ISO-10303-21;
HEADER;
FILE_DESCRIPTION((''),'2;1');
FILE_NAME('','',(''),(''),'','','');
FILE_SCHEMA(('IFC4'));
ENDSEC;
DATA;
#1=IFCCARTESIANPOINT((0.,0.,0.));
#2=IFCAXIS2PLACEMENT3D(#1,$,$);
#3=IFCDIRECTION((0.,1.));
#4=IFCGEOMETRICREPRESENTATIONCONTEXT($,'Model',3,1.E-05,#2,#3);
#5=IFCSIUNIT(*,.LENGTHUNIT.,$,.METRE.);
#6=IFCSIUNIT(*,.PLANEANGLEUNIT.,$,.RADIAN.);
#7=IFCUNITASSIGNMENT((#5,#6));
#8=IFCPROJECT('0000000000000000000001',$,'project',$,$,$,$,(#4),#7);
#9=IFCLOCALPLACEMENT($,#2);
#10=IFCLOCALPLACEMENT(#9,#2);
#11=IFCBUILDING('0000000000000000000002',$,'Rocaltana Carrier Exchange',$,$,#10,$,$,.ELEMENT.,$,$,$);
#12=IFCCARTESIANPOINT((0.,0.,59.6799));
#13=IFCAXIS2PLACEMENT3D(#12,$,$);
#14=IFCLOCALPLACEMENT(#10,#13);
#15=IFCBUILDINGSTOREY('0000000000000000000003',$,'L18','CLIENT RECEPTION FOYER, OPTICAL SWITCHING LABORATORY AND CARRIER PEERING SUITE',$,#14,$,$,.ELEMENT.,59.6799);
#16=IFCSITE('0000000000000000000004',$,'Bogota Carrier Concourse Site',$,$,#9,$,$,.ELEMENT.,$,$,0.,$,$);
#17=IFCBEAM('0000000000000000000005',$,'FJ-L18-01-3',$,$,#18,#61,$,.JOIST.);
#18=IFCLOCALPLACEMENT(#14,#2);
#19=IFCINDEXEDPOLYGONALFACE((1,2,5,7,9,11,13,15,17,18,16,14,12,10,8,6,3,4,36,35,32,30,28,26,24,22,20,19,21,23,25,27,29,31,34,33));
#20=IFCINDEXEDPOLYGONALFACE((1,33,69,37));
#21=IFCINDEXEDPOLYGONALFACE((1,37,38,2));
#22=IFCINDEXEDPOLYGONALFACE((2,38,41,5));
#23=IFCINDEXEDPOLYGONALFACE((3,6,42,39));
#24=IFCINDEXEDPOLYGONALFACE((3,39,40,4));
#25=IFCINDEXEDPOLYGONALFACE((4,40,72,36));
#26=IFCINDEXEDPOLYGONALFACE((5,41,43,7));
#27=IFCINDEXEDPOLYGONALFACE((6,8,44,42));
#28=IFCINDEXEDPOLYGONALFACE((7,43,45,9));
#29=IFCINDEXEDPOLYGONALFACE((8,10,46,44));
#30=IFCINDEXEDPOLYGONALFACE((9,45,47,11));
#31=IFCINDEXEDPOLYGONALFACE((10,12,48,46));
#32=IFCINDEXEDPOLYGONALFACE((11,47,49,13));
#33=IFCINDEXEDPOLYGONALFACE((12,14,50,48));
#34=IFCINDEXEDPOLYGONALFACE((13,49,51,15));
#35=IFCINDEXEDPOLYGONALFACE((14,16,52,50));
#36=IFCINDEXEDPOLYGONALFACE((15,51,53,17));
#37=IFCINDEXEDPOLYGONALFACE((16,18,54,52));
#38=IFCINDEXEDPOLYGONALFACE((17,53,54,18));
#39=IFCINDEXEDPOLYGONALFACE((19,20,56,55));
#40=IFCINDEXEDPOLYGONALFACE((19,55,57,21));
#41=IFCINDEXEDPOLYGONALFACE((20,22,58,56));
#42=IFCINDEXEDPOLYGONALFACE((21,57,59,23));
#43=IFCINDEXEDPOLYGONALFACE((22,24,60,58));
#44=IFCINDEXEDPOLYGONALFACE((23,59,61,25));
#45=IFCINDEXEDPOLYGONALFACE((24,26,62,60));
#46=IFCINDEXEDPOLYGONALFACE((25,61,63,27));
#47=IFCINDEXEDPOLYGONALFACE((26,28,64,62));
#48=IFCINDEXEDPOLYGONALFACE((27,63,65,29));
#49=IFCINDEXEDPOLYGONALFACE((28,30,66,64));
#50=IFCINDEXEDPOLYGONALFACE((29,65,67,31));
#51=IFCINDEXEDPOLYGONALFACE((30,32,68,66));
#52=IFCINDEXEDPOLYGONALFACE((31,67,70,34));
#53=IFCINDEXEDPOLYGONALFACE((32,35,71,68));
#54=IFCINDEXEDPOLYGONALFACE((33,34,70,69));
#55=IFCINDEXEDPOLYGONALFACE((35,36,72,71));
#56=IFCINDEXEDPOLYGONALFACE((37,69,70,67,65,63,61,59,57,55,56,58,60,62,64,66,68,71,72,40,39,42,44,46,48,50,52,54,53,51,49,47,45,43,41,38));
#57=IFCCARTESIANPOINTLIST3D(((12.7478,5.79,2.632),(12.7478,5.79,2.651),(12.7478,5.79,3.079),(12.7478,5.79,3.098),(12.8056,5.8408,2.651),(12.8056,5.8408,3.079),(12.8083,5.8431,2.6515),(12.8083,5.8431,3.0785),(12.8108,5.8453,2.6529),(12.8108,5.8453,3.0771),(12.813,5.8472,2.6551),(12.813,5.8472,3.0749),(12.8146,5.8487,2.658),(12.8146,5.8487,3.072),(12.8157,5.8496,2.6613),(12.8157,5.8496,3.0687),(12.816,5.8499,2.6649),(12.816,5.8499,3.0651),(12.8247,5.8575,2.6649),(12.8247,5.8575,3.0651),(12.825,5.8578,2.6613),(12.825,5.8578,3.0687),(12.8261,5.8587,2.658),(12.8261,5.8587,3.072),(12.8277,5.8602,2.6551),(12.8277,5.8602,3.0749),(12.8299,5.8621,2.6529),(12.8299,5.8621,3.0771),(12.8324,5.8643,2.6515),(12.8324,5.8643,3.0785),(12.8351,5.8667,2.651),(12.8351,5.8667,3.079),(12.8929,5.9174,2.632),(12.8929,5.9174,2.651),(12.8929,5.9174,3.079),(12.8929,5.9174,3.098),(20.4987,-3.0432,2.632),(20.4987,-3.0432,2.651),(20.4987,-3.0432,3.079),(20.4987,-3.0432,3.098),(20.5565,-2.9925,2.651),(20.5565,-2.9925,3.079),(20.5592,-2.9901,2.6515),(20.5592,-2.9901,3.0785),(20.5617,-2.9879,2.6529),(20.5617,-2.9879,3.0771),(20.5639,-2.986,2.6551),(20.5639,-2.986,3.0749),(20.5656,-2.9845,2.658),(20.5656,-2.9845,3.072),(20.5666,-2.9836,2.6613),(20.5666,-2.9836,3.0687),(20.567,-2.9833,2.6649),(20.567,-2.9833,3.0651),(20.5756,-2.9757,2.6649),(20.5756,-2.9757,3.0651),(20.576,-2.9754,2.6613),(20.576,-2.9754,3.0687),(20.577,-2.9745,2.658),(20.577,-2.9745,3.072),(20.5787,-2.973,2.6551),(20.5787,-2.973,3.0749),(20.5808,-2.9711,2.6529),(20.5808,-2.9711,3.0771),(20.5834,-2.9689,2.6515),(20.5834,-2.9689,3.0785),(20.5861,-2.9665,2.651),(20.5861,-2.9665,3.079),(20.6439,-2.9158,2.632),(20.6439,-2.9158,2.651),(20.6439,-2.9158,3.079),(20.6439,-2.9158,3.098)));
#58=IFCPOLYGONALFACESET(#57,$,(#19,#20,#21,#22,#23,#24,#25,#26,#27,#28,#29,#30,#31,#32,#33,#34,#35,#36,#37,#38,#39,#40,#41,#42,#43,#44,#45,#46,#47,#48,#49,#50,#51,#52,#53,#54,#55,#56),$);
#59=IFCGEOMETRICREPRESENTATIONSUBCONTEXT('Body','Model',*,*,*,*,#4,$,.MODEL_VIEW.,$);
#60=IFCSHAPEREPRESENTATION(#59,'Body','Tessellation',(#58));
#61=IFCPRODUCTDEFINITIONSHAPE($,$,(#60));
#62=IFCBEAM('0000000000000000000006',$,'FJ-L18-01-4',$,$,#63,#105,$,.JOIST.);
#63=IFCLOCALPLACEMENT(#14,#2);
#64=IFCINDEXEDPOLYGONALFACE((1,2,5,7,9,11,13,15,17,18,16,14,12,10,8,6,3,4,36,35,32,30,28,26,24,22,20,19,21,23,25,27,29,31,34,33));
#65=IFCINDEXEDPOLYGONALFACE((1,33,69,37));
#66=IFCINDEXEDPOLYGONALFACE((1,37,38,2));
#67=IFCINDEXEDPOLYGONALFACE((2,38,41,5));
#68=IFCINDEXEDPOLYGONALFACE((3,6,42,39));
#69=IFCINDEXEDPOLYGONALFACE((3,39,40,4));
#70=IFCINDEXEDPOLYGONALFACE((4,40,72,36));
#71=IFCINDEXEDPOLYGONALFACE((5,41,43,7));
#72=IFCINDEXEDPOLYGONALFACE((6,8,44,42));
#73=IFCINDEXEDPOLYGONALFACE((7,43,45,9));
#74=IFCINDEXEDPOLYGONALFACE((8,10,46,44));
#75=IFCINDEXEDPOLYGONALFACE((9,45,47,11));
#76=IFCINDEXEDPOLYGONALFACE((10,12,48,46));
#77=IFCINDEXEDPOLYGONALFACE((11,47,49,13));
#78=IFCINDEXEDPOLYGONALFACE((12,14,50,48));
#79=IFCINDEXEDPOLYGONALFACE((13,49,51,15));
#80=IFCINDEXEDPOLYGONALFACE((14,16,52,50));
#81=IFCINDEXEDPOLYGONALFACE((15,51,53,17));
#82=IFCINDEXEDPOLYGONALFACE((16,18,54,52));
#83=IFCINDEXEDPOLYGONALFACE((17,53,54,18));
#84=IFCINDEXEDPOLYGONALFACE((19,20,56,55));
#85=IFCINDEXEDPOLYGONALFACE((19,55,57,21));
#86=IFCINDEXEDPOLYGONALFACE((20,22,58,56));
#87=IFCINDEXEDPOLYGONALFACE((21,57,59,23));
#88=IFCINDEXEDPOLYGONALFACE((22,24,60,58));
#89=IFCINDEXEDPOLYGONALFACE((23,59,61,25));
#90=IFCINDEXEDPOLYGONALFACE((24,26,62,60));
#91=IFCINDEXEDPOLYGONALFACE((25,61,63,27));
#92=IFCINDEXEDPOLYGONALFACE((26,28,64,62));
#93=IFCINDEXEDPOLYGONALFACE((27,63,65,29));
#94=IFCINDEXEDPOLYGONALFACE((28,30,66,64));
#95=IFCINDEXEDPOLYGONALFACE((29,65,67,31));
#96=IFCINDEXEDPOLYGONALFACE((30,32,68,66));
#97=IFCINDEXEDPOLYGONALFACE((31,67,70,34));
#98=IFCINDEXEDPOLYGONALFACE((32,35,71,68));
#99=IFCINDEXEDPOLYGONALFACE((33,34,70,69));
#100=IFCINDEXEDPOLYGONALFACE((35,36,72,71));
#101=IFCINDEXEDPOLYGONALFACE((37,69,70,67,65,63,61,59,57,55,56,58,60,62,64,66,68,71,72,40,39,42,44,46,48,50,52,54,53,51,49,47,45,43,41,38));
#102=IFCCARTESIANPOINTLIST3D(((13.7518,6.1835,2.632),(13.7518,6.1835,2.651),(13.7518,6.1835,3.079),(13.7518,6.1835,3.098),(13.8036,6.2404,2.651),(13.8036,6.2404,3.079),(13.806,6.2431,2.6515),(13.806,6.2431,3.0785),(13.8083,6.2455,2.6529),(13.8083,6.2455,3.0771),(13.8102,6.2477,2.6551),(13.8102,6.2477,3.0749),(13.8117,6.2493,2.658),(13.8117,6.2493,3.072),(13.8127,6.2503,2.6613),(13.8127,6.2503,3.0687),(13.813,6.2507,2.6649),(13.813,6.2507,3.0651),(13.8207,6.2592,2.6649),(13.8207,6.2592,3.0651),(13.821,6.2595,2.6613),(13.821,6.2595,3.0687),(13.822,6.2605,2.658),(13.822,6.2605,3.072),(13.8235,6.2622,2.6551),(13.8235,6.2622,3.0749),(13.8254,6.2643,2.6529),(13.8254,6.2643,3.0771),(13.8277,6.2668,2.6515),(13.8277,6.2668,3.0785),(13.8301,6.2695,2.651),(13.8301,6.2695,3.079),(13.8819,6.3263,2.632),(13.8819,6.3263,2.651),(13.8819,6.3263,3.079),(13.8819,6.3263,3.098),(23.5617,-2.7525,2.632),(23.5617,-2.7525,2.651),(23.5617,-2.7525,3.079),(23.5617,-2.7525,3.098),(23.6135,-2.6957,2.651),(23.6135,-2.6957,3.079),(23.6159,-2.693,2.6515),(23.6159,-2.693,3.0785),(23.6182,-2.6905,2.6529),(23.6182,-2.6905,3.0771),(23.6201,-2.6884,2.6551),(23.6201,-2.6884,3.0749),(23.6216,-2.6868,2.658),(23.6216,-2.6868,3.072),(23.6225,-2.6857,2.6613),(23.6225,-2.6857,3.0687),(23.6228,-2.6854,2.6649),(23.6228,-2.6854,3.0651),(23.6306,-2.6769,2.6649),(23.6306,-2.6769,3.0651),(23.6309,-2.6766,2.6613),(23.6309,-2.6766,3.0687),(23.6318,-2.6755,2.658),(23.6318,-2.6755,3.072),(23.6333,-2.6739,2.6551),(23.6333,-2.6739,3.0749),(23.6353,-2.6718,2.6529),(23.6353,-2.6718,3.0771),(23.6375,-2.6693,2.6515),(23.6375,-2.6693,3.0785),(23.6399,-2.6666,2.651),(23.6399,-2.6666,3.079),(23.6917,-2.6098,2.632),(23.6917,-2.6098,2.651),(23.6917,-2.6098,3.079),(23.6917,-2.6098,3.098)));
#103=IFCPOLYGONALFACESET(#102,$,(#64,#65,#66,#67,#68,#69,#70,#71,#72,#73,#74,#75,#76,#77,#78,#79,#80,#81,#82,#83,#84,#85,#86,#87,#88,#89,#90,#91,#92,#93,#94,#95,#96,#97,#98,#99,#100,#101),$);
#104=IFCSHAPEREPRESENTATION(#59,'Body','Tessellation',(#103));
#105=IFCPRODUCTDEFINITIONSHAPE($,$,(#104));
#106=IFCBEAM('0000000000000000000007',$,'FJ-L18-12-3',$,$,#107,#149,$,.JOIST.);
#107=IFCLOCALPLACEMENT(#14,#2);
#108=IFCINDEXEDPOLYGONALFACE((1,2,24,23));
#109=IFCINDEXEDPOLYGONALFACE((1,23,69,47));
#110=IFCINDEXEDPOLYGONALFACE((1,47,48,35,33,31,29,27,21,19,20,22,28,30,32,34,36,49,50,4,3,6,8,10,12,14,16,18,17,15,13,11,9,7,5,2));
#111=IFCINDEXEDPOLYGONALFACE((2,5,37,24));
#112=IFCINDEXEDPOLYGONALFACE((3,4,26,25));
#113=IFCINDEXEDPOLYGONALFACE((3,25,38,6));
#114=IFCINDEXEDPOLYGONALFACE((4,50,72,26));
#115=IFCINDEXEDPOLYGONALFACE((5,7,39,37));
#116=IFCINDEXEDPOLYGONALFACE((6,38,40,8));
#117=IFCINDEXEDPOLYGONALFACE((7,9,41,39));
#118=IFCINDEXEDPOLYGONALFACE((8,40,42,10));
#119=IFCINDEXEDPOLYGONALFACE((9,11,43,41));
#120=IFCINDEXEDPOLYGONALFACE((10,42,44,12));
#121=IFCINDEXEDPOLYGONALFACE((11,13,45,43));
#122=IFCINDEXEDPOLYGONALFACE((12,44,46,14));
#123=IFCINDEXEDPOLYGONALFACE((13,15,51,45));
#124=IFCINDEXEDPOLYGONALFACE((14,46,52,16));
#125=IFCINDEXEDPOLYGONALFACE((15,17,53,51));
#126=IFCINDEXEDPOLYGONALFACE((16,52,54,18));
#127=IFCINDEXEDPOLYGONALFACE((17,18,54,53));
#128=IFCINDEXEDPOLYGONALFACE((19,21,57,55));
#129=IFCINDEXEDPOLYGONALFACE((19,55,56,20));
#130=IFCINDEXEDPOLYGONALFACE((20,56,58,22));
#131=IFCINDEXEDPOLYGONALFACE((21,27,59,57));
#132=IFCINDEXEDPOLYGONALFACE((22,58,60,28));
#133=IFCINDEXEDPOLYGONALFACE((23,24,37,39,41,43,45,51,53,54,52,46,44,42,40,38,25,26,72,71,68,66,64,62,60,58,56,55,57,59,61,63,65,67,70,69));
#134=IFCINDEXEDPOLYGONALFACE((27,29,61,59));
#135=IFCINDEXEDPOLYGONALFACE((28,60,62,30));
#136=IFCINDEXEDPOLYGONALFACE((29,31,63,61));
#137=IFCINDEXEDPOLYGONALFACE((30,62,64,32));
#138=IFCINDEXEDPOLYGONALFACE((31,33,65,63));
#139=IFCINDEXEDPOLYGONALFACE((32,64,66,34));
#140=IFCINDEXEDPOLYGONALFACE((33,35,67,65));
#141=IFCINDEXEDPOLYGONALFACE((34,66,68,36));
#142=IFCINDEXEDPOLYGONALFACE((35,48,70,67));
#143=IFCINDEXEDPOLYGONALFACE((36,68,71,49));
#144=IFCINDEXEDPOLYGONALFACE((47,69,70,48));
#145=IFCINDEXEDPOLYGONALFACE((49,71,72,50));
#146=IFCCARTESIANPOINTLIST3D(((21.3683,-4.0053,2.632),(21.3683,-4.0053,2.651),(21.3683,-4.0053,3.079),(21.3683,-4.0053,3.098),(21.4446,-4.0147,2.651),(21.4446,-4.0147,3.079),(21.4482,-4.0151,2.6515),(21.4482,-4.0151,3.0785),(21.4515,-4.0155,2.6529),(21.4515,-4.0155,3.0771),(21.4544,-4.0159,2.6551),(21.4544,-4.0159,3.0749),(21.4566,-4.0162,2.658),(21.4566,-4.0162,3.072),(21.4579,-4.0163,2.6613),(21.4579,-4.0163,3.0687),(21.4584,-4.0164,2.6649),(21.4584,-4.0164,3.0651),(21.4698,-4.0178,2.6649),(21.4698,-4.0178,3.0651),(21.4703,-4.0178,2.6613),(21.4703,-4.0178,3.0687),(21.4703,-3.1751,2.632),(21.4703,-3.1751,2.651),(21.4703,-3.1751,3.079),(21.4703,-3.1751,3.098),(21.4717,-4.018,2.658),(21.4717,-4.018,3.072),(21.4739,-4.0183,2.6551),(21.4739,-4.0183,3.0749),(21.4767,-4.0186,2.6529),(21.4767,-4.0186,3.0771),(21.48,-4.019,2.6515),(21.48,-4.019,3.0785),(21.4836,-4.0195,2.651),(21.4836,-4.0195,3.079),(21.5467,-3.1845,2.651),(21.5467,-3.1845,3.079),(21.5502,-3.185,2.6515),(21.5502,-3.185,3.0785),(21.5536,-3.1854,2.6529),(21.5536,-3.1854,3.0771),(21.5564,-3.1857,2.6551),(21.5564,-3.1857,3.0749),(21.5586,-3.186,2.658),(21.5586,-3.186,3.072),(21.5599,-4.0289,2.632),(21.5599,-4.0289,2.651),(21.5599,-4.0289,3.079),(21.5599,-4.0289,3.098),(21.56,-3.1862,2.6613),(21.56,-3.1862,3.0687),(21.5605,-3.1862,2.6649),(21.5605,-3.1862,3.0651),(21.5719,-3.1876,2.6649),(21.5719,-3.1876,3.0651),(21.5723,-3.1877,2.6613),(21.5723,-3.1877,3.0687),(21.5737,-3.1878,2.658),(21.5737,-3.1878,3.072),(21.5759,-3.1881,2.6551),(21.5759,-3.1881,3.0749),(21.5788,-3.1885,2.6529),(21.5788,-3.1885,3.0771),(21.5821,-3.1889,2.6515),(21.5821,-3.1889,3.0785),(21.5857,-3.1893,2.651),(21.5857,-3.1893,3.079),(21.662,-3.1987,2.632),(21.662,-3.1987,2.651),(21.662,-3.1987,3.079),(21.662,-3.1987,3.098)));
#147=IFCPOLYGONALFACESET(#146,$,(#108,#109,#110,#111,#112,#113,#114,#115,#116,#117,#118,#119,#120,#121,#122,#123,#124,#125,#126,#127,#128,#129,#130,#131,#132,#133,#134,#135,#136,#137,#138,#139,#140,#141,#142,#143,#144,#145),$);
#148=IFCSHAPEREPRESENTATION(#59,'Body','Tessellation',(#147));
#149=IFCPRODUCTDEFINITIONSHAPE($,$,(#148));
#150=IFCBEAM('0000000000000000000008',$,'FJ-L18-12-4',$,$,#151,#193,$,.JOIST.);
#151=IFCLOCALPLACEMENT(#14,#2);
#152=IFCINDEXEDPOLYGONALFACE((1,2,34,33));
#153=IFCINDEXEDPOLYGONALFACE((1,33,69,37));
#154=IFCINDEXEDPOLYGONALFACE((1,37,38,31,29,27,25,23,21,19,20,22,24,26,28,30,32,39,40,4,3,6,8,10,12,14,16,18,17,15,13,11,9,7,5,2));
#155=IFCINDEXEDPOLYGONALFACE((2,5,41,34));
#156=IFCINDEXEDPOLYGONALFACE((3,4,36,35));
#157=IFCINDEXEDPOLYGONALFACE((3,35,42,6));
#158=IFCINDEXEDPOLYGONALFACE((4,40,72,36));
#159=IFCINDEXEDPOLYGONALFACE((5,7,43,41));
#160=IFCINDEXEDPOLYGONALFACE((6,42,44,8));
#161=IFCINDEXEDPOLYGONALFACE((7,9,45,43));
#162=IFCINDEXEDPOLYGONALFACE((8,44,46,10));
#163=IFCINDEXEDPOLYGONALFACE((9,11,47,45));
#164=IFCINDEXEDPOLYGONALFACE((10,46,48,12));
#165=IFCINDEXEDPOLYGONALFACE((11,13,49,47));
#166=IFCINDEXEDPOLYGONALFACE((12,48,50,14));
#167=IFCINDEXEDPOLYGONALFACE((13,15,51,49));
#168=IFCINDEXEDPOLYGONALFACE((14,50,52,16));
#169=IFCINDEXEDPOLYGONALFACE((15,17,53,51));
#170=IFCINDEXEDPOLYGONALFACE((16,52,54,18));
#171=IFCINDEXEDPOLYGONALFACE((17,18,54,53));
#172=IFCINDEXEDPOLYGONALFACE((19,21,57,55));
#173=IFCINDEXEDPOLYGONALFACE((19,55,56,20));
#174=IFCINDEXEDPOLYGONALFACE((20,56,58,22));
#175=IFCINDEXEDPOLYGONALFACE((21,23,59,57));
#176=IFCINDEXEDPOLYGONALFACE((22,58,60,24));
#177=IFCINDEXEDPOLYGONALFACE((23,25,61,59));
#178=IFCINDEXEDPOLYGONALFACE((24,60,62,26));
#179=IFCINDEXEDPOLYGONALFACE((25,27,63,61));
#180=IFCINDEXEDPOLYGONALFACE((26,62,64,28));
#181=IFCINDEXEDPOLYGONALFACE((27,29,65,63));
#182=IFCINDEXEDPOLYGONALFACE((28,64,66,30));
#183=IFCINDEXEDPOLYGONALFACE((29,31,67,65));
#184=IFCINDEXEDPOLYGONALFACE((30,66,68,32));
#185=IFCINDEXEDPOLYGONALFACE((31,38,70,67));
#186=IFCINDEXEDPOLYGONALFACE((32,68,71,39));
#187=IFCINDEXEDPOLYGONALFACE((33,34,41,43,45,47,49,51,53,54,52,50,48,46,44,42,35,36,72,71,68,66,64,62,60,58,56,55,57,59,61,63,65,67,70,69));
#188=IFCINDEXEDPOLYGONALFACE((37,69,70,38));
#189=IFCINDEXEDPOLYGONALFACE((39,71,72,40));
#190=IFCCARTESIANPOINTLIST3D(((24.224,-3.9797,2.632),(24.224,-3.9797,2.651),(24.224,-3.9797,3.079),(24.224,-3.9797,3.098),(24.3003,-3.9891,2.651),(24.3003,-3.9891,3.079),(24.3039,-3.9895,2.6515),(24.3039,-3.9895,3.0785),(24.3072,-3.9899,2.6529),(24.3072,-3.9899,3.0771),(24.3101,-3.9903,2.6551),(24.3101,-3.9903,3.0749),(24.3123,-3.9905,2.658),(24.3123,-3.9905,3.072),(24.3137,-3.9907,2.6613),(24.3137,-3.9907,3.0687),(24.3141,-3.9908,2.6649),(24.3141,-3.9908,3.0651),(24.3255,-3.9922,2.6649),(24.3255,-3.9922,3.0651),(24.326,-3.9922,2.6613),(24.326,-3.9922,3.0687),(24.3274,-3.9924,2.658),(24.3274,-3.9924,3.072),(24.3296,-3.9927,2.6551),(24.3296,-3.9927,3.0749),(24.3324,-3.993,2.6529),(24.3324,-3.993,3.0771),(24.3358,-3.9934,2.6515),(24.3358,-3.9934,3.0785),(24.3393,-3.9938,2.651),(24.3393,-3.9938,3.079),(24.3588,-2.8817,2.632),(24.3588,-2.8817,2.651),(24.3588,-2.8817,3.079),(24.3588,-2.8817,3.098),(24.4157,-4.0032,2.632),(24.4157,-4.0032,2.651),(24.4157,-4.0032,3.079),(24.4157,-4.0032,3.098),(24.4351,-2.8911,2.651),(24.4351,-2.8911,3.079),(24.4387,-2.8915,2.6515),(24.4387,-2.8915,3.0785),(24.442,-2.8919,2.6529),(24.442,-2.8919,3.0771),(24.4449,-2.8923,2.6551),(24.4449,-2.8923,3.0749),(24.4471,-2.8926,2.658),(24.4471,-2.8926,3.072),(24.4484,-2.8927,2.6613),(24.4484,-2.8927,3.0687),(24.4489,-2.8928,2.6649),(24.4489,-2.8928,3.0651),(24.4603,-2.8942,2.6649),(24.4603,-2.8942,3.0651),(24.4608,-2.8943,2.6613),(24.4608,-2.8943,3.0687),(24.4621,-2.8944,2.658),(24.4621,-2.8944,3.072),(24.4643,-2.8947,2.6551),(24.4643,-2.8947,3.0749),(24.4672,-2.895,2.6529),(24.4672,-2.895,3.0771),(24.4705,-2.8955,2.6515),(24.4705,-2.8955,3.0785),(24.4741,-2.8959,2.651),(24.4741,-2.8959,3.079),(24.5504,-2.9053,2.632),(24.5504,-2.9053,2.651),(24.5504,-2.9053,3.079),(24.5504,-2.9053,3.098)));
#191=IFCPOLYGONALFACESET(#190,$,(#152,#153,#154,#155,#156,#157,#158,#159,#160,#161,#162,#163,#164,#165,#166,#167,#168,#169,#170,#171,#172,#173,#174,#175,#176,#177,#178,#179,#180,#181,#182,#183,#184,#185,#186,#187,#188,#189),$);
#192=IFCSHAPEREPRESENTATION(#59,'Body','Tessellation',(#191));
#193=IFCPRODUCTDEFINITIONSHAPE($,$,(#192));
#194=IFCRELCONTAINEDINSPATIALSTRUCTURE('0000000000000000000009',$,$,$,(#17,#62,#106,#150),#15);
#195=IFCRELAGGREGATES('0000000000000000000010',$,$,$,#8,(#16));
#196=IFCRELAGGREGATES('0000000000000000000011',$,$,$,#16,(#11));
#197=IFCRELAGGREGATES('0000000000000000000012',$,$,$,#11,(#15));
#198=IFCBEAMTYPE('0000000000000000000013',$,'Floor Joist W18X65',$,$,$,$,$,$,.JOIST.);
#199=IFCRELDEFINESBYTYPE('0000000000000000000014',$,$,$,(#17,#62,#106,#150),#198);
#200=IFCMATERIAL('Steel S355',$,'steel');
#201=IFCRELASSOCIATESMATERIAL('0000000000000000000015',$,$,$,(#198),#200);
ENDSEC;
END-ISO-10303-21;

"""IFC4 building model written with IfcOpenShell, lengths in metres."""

from ifc_helpers import new_model, si_unit, direction, frame, origin, origin_2d, place, context, subcontext, project, spatial, i_section, extrude, material, material_profile, profile_set, type_object, element, save


model = new_model("IFC4")

# Units and contexts
model_context = context("Model", 3, precision=1e-05, world=origin(), true_north=direction((0.0, 1.0)))
body_context = subcontext(model_context, "Body", "Model", "MODEL_VIEW")
ifc_project = project(units=[si_unit("LENGTHUNIT", "METRE"), si_unit("PLANEANGLEUNIT", "RADIAN")], contexts=[model_context])

# Site, building, storey
site_placement = place(None, origin())
site = spatial("IfcSite", under=ifc_project, at=site_placement, Name="Bogota Carrier Concourse Site", CompositionType="ELEMENT", RefElevation=0.0)
building_placement = place(site_placement, origin())
building = spatial("IfcBuilding", under=site, at=building_placement, Name="Rocaltana Carrier Exchange", CompositionType="ELEMENT")
storey_placement = place(building_placement, frame((0.0, 0.0, 59.6799)))
storey = spatial("IfcBuildingStorey", under=building, at=storey_placement, Name="L18", Description="CLIENT RECEPTION FOYER, OPTICAL SWITCHING LABORATORY AND CARRIER PEERING SUITE", CompositionType="ELEMENT", Elevation=59.6799)

# Beams
ifc_material_1 = material(Name="Steel S355", Category="steel")
ifc_material_profile_1 = material_profile(ifc_material_1, i_section(OverallWidth=0.1931, OverallDepth=0.4661, WebThickness=0.0115, FlangeThickness=0.019, FilletRadius=0.0139, at=origin_2d()), Name="W18X65")
ifc_profile_set_1 = profile_set([ifc_material_profile_1], Name="Steel S355")
beam_type_1 = type_object("IfcBeamType", Name="Floor Joist W18X65", PredefinedType="JOIST", material=ifc_profile_set_1)
beam_1_placement = place(storey_placement, frame((20.5713, -2.9795, 2.865), z_axis=(-0.659559, 0.751653, 0.0), x_axis=(-0.751653, -0.659559, 0.0)))
element("IfcBeam", 1, at=beam_1_placement, inside=storey, type_object=beam_type_1, Name="FJ-L18-01-3", PredefinedType="JOIST", context=body_context, shape_type="SweptSolid", body=[
    extrude(i_section(OverallWidth=0.1931, OverallDepth=0.4661, WebThickness=0.0115, FlangeThickness=0.019, FilletRadius=0.0139, at=origin_2d()), origin(), (0.0, 0.0, 1.0), 11.7517),
])
beam_2_placement = place(storey_placement, frame((23.6267, -2.6812, 2.865), z_axis=(-0.739264, 0.673416, 0.0), x_axis=(-0.673416, -0.739264, 0.0)))
element("IfcBeam", 2, at=beam_2_placement, inside=storey, type_object=beam_type_1, Name="FJ-L18-01-4", PredefinedType="JOIST", context=body_context, shape_type="SweptSolid", body=[
    extrude(i_section(OverallWidth=0.1931, OverallDepth=0.4661, WebThickness=0.0115, FlangeThickness=0.019, FilletRadius=0.0139, at=origin_2d()), origin(), (0.0, 0.0, 1.0), 13.2698),
])
beam_3_placement = place(storey_placement, frame((21.4641, -4.0171, 2.865), z_axis=(0.122022, 0.992527, 0.0), x_axis=(-0.992527, 0.122022, 0.0)))
element("IfcBeam", 3, at=beam_3_placement, inside=storey, type_object=beam_type_1, Name="FJ-L18-12-3", PredefinedType="JOIST", context=body_context, shape_type="SweptSolid", body=[
    extrude(i_section(OverallWidth=0.1931, OverallDepth=0.4661, WebThickness=0.0115, FlangeThickness=0.019, FilletRadius=0.0139, at=origin_2d()), origin(), (0.0, 0.0, 1.0), 0.8364),
])
beam_4_placement = place(storey_placement, frame((24.3198, -3.9915, 2.865), z_axis=(0.121834, 0.99255, 0.0), x_axis=(-0.99255, 0.121834, 0.0)))
element("IfcBeam", 4, at=beam_4_placement, inside=storey, type_object=beam_type_1, Name="FJ-L18-12-4", PredefinedType="JOIST", context=body_context, shape_type="SweptSolid", body=[
    extrude(i_section(OverallWidth=0.1931, OverallDepth=0.4661, WebThickness=0.0115, FlangeThickness=0.019, FilletRadius=0.0139, at=origin_2d()), origin(), (0.0, 0.0, 1.0), 1.1062),
])

save(model, "model.ifc")
